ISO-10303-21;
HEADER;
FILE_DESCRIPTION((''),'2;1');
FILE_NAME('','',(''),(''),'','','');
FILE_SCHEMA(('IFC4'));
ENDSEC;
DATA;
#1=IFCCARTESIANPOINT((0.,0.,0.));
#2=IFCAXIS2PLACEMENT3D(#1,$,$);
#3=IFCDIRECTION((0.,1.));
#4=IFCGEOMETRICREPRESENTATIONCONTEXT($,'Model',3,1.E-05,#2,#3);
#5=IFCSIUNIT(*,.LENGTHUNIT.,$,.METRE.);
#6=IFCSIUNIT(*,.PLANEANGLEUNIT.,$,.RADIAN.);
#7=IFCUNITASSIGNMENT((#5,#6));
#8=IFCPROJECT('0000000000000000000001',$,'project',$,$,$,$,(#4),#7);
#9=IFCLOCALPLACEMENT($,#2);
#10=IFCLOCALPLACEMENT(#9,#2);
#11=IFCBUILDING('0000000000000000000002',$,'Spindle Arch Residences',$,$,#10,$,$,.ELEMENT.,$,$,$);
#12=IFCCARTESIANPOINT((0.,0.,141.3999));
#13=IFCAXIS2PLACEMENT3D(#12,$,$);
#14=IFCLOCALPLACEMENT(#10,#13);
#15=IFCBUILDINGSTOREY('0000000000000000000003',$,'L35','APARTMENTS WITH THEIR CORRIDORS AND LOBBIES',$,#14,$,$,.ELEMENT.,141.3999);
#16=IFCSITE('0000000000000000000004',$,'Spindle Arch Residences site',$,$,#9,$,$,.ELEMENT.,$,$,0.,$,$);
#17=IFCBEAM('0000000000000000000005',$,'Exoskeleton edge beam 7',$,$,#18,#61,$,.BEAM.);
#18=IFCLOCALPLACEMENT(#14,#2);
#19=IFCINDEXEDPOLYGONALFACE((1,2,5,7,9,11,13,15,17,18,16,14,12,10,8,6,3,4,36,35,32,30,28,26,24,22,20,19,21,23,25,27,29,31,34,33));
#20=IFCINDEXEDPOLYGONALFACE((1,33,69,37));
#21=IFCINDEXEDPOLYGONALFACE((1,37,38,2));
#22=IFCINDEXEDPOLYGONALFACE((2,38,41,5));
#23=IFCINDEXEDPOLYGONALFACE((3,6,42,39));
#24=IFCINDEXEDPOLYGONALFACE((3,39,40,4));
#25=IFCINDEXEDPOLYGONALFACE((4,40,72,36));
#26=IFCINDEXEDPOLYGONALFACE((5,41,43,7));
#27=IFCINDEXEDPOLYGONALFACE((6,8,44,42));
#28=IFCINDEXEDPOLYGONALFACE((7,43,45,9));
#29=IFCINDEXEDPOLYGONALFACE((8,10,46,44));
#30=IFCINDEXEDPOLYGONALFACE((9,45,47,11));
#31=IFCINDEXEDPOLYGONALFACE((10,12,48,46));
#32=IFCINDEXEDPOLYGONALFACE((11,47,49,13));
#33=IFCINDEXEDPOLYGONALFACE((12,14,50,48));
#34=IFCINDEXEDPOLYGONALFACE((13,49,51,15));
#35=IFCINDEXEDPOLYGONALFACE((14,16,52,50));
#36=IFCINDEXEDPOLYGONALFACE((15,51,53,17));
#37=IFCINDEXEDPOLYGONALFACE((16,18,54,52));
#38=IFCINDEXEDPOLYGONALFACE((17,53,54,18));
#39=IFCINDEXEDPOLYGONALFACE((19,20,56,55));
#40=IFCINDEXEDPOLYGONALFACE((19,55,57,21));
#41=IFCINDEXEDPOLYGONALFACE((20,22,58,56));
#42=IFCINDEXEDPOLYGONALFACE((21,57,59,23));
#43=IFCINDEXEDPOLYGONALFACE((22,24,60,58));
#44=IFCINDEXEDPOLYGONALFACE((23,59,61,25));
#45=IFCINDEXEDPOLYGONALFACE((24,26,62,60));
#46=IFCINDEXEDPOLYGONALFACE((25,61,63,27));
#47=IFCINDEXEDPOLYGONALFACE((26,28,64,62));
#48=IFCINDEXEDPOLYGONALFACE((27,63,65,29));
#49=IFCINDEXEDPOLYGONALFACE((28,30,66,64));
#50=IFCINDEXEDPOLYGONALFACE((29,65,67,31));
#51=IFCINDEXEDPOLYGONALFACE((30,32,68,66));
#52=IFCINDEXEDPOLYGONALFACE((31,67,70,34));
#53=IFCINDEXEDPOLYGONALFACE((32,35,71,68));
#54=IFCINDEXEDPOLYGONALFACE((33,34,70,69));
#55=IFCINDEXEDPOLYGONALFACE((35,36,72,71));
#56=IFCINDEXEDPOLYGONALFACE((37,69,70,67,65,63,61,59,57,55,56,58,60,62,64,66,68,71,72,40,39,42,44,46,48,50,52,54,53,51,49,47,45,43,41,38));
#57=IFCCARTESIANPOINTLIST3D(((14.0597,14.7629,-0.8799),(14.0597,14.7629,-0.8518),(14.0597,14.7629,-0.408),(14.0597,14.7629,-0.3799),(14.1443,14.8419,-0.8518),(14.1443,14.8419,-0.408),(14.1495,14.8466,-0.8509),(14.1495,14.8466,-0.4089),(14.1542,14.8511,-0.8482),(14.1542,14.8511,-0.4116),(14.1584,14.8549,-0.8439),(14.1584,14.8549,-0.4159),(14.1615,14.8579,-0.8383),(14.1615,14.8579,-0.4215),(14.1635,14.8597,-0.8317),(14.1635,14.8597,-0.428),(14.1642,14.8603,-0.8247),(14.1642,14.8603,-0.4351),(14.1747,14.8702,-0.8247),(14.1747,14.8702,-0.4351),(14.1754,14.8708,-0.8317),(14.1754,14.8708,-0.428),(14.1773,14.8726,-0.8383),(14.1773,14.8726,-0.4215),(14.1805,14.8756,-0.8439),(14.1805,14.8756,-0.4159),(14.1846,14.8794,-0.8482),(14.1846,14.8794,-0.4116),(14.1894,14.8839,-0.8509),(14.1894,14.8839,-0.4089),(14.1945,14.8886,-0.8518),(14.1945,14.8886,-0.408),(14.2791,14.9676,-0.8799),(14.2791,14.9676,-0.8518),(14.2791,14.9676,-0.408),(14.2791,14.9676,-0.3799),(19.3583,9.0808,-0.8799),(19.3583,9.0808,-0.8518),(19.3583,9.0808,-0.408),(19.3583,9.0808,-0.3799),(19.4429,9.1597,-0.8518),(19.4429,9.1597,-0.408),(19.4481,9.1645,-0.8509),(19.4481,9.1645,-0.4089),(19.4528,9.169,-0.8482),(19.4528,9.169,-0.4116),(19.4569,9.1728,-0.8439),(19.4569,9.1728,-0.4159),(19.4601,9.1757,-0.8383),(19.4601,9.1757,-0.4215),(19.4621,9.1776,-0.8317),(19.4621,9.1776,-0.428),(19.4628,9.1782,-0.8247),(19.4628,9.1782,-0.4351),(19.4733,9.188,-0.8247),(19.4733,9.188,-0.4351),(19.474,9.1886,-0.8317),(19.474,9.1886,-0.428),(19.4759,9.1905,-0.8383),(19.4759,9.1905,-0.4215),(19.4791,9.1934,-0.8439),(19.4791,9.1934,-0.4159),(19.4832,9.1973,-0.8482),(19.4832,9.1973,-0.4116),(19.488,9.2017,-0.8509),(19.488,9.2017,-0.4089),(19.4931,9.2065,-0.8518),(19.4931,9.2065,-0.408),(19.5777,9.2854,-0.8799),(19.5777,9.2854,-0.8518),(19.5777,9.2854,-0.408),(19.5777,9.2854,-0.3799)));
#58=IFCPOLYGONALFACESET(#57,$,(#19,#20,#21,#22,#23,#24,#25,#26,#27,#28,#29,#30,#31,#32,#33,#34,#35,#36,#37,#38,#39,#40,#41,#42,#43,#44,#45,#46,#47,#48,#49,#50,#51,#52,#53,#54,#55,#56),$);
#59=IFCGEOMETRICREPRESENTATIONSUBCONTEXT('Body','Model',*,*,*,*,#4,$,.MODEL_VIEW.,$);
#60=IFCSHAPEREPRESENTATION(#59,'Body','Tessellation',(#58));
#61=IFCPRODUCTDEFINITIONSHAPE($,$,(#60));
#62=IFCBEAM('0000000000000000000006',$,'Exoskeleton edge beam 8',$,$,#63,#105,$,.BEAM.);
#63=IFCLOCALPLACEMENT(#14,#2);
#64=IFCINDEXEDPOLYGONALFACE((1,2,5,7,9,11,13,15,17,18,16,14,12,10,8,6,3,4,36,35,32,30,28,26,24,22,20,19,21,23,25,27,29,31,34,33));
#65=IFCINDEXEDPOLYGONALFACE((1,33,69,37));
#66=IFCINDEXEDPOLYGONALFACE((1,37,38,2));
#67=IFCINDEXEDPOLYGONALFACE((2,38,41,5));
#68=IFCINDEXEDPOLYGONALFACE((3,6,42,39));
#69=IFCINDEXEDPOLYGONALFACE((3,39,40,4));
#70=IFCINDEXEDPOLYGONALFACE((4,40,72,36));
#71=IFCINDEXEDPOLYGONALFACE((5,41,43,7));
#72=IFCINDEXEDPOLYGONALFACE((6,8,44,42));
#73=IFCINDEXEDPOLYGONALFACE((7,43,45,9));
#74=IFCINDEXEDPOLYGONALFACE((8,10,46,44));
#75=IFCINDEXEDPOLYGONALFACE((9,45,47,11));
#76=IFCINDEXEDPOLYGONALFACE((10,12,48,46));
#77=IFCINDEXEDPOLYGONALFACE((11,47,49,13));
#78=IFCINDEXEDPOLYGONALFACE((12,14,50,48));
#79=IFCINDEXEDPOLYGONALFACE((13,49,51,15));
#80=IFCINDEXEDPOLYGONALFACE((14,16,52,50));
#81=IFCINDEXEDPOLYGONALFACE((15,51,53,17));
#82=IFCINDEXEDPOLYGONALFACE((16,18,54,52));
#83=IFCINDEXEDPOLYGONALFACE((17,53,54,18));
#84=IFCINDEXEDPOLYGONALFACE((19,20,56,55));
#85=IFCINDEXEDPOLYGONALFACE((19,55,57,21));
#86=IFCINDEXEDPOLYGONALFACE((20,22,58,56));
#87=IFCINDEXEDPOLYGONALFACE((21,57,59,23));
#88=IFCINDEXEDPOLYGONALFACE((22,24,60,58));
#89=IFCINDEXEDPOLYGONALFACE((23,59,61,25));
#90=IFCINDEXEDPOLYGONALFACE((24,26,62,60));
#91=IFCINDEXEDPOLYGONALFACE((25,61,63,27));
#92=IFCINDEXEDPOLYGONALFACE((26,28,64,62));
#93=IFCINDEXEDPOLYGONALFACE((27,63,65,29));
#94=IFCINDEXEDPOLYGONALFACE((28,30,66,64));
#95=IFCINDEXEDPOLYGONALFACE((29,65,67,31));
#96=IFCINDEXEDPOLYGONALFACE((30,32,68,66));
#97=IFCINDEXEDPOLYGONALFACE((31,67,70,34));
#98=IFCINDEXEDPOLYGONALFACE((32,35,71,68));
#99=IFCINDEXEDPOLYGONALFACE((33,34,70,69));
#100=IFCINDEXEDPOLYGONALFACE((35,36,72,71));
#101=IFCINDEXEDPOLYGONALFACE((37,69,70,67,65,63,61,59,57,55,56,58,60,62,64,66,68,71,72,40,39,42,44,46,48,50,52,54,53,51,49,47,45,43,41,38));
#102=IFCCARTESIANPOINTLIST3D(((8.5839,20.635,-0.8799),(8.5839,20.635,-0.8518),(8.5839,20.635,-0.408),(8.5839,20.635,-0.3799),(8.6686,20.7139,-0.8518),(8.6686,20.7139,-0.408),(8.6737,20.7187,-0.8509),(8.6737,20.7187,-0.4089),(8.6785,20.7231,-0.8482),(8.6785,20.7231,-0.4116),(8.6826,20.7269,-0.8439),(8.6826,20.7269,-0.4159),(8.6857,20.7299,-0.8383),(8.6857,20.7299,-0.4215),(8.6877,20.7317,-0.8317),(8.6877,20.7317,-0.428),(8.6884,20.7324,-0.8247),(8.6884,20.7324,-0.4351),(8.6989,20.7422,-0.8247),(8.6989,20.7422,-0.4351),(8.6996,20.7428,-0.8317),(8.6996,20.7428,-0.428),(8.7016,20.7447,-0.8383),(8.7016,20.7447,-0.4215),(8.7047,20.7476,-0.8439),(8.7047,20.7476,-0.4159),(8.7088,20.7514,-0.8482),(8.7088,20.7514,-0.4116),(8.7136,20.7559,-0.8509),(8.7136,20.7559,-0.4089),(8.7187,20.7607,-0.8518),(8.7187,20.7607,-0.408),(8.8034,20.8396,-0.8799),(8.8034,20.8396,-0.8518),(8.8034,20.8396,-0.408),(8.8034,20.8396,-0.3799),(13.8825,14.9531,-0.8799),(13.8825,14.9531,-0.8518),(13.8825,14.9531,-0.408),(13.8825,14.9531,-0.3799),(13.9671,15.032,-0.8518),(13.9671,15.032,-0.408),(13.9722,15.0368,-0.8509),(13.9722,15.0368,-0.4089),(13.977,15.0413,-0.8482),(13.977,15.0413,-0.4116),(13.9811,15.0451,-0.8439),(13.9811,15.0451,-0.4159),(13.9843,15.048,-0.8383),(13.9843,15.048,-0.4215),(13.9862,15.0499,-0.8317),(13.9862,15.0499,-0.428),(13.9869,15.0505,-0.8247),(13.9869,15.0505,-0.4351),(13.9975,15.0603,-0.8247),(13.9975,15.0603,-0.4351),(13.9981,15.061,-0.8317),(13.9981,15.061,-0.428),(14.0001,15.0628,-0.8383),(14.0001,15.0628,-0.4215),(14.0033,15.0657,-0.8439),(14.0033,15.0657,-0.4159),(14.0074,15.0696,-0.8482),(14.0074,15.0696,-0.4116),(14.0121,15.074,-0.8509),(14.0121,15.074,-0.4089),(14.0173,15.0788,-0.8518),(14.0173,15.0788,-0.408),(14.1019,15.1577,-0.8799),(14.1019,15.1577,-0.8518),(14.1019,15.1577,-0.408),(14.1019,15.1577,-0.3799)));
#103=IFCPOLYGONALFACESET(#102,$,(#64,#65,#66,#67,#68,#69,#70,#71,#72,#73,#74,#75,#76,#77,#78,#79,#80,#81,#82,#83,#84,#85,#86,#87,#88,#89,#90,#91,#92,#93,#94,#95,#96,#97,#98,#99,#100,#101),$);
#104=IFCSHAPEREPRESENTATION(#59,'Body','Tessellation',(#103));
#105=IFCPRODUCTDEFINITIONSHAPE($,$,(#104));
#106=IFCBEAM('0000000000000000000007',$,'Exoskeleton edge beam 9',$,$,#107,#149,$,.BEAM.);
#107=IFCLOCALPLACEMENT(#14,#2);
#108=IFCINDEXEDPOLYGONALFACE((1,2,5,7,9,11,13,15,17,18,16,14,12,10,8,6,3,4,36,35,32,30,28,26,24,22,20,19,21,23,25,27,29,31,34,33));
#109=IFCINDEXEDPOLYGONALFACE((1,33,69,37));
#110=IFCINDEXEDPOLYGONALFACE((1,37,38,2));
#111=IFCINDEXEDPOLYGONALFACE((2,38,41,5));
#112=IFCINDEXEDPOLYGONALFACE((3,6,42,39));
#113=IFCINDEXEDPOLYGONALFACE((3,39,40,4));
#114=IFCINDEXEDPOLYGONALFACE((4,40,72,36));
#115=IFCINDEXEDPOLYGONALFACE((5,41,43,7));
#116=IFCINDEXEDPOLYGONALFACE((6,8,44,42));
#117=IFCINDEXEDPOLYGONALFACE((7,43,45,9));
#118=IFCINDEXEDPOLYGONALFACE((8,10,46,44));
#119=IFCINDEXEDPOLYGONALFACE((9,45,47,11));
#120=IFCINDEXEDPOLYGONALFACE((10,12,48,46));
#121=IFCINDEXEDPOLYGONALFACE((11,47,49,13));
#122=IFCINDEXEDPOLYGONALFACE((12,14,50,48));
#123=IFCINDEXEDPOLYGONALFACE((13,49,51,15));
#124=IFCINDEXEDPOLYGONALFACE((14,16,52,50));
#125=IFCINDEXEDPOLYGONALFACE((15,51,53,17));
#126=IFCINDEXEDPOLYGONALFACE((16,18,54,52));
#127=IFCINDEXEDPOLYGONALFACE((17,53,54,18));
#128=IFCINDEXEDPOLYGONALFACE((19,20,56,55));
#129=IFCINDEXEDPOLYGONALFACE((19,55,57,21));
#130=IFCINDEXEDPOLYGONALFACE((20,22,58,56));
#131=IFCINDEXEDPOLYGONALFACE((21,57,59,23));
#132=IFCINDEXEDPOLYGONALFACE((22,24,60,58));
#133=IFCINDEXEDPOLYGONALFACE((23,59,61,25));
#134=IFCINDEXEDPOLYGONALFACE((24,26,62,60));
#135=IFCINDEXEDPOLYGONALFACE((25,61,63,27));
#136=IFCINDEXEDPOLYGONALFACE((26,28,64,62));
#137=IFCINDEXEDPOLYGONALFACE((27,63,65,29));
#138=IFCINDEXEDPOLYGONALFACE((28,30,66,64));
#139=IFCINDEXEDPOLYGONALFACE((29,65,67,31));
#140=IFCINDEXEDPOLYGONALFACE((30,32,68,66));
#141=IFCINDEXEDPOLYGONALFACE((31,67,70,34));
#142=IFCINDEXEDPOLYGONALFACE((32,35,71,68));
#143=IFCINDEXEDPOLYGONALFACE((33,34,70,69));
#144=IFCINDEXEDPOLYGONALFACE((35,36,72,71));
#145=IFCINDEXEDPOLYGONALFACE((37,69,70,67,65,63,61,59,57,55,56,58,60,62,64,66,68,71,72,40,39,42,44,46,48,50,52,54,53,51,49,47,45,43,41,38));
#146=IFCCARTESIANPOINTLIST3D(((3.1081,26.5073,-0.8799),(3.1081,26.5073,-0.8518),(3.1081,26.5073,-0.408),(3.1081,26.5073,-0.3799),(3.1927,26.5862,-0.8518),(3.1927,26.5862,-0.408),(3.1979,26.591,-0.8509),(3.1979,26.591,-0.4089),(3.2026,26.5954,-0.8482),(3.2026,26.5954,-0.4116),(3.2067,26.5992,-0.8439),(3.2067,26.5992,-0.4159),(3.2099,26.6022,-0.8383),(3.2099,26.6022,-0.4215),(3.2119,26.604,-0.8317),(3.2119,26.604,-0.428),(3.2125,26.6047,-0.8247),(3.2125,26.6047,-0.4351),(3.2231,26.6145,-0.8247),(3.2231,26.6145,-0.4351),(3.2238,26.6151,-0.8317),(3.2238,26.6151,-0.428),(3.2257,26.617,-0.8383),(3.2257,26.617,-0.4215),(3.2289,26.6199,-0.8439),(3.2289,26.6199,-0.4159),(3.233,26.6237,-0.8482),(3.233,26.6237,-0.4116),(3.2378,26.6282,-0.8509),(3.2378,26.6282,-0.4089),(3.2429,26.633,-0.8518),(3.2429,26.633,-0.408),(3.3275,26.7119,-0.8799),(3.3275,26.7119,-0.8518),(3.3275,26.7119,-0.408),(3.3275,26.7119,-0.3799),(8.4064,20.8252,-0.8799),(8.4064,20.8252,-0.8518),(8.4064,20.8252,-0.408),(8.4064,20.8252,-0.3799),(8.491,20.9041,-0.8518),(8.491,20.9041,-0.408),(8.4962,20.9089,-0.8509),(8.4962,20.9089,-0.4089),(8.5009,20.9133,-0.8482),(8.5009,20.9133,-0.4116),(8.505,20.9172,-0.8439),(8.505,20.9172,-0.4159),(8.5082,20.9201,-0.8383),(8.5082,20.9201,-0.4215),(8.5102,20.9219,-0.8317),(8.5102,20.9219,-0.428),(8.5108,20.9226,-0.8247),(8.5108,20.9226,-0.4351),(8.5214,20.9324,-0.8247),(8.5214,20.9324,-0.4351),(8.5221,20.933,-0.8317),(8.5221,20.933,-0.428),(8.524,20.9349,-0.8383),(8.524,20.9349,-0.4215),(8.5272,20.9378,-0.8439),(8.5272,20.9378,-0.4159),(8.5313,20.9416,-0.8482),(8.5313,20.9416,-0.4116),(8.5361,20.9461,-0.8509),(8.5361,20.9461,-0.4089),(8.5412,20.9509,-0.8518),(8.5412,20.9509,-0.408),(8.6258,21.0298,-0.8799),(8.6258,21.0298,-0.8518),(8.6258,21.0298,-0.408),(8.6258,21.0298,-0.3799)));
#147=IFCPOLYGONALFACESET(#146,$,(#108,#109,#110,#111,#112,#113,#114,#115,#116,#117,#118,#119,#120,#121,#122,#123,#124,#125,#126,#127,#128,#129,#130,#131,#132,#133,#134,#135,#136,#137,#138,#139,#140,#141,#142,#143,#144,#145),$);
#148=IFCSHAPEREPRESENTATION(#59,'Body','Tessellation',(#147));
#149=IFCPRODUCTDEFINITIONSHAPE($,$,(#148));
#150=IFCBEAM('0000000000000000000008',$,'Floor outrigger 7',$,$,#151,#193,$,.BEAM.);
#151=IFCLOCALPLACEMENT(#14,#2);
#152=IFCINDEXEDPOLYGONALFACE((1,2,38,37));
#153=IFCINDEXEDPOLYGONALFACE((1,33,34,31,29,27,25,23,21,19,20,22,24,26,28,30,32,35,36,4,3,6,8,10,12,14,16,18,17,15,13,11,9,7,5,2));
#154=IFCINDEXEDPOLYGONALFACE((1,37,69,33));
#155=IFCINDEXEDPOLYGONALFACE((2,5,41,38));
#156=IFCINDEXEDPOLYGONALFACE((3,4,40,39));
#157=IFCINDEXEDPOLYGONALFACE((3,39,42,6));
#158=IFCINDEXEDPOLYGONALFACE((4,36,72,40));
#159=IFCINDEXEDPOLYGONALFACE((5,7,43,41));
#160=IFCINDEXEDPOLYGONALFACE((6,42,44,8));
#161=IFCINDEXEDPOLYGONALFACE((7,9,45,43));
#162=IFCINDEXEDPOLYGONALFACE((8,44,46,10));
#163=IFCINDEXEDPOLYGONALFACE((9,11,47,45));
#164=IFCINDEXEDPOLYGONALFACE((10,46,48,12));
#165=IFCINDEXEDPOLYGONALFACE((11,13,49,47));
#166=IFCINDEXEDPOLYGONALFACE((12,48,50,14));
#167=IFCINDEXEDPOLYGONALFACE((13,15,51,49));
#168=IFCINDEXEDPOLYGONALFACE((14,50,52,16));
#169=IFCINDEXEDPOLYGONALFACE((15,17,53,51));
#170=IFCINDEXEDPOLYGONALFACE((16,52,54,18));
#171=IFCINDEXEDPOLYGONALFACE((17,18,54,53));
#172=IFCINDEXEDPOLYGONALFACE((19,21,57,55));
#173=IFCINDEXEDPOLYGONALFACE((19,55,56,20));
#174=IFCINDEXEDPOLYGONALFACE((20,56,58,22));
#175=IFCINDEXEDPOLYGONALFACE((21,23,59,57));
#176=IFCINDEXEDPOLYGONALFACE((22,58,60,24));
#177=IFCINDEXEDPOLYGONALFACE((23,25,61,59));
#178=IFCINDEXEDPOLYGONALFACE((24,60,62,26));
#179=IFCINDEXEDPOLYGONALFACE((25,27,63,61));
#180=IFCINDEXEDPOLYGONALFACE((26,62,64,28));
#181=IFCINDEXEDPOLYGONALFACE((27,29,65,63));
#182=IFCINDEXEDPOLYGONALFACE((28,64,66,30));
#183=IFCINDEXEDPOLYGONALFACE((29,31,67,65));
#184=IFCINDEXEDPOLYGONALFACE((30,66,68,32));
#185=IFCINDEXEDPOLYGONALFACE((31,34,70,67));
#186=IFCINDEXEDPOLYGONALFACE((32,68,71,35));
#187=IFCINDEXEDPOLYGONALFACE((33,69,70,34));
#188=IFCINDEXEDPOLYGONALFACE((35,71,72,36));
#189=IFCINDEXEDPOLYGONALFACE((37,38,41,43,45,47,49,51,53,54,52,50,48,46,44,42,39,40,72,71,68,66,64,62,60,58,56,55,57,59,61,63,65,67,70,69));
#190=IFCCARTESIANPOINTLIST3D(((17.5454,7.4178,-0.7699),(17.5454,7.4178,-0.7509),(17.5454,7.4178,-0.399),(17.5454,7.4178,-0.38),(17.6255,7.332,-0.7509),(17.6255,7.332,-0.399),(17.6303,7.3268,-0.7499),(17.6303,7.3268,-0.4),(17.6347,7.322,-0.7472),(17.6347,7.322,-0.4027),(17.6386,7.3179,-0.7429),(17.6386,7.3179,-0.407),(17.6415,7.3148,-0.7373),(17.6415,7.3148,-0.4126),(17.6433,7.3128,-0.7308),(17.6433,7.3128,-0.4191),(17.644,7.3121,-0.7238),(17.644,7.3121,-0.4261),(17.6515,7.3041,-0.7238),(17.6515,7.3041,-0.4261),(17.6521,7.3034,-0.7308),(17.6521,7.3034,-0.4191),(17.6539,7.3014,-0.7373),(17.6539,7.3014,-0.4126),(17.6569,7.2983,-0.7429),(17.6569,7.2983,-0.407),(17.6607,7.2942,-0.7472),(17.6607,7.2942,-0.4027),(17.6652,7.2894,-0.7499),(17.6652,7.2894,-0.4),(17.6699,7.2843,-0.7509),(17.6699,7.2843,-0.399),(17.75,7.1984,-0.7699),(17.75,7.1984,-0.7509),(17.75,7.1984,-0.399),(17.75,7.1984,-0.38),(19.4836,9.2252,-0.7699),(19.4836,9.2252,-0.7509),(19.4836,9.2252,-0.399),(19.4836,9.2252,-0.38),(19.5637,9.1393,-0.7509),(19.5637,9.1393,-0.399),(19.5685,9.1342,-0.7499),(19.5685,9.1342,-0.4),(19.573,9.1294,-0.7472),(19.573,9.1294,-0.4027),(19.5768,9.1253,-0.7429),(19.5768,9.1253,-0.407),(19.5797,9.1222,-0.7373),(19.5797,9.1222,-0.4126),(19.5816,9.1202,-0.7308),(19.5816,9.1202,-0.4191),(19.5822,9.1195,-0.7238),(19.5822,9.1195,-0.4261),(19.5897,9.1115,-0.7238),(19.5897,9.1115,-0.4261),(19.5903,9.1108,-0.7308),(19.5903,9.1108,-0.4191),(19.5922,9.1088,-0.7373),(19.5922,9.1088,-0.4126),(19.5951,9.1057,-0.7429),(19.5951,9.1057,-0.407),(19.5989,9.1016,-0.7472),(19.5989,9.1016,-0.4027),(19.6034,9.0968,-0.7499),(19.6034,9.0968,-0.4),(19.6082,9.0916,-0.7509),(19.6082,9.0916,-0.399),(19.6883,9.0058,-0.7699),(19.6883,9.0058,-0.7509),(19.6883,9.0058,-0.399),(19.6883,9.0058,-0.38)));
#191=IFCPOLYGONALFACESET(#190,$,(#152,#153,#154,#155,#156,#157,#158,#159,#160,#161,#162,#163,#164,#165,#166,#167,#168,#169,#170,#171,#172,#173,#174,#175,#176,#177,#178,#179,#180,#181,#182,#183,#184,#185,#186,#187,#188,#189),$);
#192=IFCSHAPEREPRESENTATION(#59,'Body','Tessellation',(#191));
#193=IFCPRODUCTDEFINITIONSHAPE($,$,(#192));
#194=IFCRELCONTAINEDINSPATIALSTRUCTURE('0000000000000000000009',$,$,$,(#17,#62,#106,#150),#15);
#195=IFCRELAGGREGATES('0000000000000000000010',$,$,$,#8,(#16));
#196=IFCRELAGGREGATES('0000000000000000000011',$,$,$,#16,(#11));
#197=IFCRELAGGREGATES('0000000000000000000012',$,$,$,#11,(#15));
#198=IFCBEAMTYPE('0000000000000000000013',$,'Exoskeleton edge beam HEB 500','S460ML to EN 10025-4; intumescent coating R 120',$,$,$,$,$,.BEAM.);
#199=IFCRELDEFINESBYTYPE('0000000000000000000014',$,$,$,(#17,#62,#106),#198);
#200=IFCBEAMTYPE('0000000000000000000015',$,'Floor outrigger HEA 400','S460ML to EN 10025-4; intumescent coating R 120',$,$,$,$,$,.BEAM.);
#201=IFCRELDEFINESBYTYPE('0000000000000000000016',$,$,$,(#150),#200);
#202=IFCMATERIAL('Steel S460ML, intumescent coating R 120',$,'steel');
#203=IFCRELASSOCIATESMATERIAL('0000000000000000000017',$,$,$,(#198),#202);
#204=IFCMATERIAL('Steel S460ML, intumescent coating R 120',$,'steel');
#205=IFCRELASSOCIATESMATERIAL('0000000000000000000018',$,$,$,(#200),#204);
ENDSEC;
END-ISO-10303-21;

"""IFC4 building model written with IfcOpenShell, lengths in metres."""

from ifc_helpers import new_model, si_unit, direction, frame, origin, origin_2d, place, context, subcontext, project, spatial, i_section, extrude, material, material_profile, profile_set, type_object, element, save


model = new_model("IFC4")

# Units and contexts
model_context = context("Model", 3, precision=1e-05, world=origin(), true_north=direction((0.0, 1.0)))
body_context = subcontext(model_context, "Body", "Model", "MODEL_VIEW")
ifc_project = project(units=[si_unit("LENGTHUNIT", "METRE"), si_unit("PLANEANGLEUNIT", "RADIAN")], contexts=[model_context])

# Site, building, storey
site_placement = place(None, origin())
site = spatial("IfcSite", under=ifc_project, at=site_placement, Name="Spindle Arch Residences site", CompositionType="ELEMENT", RefElevation=0.0)
building_placement = place(site_placement, origin())
building = spatial("IfcBuilding", under=site, at=building_placement, Name="Spindle Arch Residences", CompositionType="ELEMENT")
storey_placement = place(building_placement, frame((0.0, 0.0, 141.3999)))
storey = spatial("IfcBuildingStorey", under=building, at=storey_placement, Name="L35", Description="APARTMENTS WITH THEIR CORRIDORS AND LOBBIES", CompositionType="ELEMENT", Elevation=141.3999)

# Beams
ifc_material_1 = material(Name="Steel S460ML, intumescent coating R 120", Category="steel")
ifc_material_profile_1 = material_profile(ifc_material_1, i_section(OverallWidth=0.3, OverallDepth=0.5, WebThickness=0.0144, FlangeThickness=0.0281, FilletRadius=0.0271, at=origin_2d()), Name="HEB 500")
ifc_profile_set_1 = profile_set([ifc_material_profile_1], Name="Steel S460ML, intumescent coating R 120")
beam_type_1 = type_object("IfcBeamType", Name="Exoskeleton edge beam HEB 500", Description="S460ML to EN 10025-4; intumescent coating R 120", PredefinedType="BEAM", material=ifc_profile_set_1)
beam_1_placement = place(storey_placement, frame((19.468, 9.1831, -0.6299), z_axis=(-0.681992, 0.731359, 0.0), x_axis=(-0.731359, -0.681992, 0.0)))
element("IfcBeam", 1, at=beam_1_placement, inside=storey, type_object=beam_type_1, Name="Exoskeleton edge beam 7", PredefinedType="BEAM", context=body_context, shape_type="SweptSolid", body=[
    extrude(i_section(OverallWidth=0.3, OverallDepth=0.5, WebThickness=0.0144, FlangeThickness=0.0281, FilletRadius=0.0271, at=origin_2d()), origin(), (0.0, 0.0, 1.0), 7.7693),
])
for number, where, z_axis, x_axis, name in (
    (2, (13.9922, 15.0554, -0.6299), (-0.682008, 0.731345, 0.0), (-0.731345, -0.682008, 0.0), "Exoskeleton edge beam 8"),
    (3, (8.5161, 20.9275, -0.6299), (-0.681976, 0.731375, 0.0), (-0.731375, -0.681976, 0.0), "Exoskeleton edge beam 9"),
):
    element("IfcBeam", number, at=place(storey_placement, frame(where, z_axis=z_axis, x_axis=x_axis)), inside=storey, type_object=beam_type_1, Name=name, PredefinedType="BEAM", context=body_context, shape_type="SweptSolid", body=[
        extrude(i_section(OverallWidth=0.3, OverallDepth=0.5, WebThickness=0.0144, FlangeThickness=0.0281, FilletRadius=0.0271, at=origin_2d()), origin(), (0.0, 0.0, 1.0), 7.769),
    ])
ifc_material_2 = material(Name="Steel S460ML, intumescent coating R 120", Category="steel")
ifc_material_profile_2 = material_profile(ifc_material_2, i_section(OverallWidth=0.3, OverallDepth=0.3899, WebThickness=0.011, FlangeThickness=0.019, FilletRadius=0.0271, at=origin_2d()), Name="HEA 400")
ifc_profile_set_2 = profile_set([ifc_material_profile_2], Name="Steel S460ML, intumescent coating R 120")
beam_type_2 = type_object("IfcBeamType", Name="Floor outrigger HEA 400", Description="S460ML to EN 10025-4; intumescent coating R 120", PredefinedType="BEAM", material=ifc_profile_set_2)
beam_2_placement = place(storey_placement, frame((19.5859, 9.1155, -0.575), z_axis=(-0.731365, -0.681987, 0.0), x_axis=(0.681987, -0.731365, 0.0)))
element("IfcBeam", 4, at=beam_2_placement, inside=storey, type_object=beam_type_2, Name="Floor outrigger 7", PredefinedType="BEAM", context=body_context, shape_type="SweptSolid", body=[
    extrude(i_section(OverallWidth=0.3, OverallDepth=0.3899, WebThickness=0.011, FlangeThickness=0.019, FilletRadius=0.0271, at=origin_2d()), origin(), (0.0, 0.0, 1.0), 2.6501),
])

save(model, "model.ifc")
